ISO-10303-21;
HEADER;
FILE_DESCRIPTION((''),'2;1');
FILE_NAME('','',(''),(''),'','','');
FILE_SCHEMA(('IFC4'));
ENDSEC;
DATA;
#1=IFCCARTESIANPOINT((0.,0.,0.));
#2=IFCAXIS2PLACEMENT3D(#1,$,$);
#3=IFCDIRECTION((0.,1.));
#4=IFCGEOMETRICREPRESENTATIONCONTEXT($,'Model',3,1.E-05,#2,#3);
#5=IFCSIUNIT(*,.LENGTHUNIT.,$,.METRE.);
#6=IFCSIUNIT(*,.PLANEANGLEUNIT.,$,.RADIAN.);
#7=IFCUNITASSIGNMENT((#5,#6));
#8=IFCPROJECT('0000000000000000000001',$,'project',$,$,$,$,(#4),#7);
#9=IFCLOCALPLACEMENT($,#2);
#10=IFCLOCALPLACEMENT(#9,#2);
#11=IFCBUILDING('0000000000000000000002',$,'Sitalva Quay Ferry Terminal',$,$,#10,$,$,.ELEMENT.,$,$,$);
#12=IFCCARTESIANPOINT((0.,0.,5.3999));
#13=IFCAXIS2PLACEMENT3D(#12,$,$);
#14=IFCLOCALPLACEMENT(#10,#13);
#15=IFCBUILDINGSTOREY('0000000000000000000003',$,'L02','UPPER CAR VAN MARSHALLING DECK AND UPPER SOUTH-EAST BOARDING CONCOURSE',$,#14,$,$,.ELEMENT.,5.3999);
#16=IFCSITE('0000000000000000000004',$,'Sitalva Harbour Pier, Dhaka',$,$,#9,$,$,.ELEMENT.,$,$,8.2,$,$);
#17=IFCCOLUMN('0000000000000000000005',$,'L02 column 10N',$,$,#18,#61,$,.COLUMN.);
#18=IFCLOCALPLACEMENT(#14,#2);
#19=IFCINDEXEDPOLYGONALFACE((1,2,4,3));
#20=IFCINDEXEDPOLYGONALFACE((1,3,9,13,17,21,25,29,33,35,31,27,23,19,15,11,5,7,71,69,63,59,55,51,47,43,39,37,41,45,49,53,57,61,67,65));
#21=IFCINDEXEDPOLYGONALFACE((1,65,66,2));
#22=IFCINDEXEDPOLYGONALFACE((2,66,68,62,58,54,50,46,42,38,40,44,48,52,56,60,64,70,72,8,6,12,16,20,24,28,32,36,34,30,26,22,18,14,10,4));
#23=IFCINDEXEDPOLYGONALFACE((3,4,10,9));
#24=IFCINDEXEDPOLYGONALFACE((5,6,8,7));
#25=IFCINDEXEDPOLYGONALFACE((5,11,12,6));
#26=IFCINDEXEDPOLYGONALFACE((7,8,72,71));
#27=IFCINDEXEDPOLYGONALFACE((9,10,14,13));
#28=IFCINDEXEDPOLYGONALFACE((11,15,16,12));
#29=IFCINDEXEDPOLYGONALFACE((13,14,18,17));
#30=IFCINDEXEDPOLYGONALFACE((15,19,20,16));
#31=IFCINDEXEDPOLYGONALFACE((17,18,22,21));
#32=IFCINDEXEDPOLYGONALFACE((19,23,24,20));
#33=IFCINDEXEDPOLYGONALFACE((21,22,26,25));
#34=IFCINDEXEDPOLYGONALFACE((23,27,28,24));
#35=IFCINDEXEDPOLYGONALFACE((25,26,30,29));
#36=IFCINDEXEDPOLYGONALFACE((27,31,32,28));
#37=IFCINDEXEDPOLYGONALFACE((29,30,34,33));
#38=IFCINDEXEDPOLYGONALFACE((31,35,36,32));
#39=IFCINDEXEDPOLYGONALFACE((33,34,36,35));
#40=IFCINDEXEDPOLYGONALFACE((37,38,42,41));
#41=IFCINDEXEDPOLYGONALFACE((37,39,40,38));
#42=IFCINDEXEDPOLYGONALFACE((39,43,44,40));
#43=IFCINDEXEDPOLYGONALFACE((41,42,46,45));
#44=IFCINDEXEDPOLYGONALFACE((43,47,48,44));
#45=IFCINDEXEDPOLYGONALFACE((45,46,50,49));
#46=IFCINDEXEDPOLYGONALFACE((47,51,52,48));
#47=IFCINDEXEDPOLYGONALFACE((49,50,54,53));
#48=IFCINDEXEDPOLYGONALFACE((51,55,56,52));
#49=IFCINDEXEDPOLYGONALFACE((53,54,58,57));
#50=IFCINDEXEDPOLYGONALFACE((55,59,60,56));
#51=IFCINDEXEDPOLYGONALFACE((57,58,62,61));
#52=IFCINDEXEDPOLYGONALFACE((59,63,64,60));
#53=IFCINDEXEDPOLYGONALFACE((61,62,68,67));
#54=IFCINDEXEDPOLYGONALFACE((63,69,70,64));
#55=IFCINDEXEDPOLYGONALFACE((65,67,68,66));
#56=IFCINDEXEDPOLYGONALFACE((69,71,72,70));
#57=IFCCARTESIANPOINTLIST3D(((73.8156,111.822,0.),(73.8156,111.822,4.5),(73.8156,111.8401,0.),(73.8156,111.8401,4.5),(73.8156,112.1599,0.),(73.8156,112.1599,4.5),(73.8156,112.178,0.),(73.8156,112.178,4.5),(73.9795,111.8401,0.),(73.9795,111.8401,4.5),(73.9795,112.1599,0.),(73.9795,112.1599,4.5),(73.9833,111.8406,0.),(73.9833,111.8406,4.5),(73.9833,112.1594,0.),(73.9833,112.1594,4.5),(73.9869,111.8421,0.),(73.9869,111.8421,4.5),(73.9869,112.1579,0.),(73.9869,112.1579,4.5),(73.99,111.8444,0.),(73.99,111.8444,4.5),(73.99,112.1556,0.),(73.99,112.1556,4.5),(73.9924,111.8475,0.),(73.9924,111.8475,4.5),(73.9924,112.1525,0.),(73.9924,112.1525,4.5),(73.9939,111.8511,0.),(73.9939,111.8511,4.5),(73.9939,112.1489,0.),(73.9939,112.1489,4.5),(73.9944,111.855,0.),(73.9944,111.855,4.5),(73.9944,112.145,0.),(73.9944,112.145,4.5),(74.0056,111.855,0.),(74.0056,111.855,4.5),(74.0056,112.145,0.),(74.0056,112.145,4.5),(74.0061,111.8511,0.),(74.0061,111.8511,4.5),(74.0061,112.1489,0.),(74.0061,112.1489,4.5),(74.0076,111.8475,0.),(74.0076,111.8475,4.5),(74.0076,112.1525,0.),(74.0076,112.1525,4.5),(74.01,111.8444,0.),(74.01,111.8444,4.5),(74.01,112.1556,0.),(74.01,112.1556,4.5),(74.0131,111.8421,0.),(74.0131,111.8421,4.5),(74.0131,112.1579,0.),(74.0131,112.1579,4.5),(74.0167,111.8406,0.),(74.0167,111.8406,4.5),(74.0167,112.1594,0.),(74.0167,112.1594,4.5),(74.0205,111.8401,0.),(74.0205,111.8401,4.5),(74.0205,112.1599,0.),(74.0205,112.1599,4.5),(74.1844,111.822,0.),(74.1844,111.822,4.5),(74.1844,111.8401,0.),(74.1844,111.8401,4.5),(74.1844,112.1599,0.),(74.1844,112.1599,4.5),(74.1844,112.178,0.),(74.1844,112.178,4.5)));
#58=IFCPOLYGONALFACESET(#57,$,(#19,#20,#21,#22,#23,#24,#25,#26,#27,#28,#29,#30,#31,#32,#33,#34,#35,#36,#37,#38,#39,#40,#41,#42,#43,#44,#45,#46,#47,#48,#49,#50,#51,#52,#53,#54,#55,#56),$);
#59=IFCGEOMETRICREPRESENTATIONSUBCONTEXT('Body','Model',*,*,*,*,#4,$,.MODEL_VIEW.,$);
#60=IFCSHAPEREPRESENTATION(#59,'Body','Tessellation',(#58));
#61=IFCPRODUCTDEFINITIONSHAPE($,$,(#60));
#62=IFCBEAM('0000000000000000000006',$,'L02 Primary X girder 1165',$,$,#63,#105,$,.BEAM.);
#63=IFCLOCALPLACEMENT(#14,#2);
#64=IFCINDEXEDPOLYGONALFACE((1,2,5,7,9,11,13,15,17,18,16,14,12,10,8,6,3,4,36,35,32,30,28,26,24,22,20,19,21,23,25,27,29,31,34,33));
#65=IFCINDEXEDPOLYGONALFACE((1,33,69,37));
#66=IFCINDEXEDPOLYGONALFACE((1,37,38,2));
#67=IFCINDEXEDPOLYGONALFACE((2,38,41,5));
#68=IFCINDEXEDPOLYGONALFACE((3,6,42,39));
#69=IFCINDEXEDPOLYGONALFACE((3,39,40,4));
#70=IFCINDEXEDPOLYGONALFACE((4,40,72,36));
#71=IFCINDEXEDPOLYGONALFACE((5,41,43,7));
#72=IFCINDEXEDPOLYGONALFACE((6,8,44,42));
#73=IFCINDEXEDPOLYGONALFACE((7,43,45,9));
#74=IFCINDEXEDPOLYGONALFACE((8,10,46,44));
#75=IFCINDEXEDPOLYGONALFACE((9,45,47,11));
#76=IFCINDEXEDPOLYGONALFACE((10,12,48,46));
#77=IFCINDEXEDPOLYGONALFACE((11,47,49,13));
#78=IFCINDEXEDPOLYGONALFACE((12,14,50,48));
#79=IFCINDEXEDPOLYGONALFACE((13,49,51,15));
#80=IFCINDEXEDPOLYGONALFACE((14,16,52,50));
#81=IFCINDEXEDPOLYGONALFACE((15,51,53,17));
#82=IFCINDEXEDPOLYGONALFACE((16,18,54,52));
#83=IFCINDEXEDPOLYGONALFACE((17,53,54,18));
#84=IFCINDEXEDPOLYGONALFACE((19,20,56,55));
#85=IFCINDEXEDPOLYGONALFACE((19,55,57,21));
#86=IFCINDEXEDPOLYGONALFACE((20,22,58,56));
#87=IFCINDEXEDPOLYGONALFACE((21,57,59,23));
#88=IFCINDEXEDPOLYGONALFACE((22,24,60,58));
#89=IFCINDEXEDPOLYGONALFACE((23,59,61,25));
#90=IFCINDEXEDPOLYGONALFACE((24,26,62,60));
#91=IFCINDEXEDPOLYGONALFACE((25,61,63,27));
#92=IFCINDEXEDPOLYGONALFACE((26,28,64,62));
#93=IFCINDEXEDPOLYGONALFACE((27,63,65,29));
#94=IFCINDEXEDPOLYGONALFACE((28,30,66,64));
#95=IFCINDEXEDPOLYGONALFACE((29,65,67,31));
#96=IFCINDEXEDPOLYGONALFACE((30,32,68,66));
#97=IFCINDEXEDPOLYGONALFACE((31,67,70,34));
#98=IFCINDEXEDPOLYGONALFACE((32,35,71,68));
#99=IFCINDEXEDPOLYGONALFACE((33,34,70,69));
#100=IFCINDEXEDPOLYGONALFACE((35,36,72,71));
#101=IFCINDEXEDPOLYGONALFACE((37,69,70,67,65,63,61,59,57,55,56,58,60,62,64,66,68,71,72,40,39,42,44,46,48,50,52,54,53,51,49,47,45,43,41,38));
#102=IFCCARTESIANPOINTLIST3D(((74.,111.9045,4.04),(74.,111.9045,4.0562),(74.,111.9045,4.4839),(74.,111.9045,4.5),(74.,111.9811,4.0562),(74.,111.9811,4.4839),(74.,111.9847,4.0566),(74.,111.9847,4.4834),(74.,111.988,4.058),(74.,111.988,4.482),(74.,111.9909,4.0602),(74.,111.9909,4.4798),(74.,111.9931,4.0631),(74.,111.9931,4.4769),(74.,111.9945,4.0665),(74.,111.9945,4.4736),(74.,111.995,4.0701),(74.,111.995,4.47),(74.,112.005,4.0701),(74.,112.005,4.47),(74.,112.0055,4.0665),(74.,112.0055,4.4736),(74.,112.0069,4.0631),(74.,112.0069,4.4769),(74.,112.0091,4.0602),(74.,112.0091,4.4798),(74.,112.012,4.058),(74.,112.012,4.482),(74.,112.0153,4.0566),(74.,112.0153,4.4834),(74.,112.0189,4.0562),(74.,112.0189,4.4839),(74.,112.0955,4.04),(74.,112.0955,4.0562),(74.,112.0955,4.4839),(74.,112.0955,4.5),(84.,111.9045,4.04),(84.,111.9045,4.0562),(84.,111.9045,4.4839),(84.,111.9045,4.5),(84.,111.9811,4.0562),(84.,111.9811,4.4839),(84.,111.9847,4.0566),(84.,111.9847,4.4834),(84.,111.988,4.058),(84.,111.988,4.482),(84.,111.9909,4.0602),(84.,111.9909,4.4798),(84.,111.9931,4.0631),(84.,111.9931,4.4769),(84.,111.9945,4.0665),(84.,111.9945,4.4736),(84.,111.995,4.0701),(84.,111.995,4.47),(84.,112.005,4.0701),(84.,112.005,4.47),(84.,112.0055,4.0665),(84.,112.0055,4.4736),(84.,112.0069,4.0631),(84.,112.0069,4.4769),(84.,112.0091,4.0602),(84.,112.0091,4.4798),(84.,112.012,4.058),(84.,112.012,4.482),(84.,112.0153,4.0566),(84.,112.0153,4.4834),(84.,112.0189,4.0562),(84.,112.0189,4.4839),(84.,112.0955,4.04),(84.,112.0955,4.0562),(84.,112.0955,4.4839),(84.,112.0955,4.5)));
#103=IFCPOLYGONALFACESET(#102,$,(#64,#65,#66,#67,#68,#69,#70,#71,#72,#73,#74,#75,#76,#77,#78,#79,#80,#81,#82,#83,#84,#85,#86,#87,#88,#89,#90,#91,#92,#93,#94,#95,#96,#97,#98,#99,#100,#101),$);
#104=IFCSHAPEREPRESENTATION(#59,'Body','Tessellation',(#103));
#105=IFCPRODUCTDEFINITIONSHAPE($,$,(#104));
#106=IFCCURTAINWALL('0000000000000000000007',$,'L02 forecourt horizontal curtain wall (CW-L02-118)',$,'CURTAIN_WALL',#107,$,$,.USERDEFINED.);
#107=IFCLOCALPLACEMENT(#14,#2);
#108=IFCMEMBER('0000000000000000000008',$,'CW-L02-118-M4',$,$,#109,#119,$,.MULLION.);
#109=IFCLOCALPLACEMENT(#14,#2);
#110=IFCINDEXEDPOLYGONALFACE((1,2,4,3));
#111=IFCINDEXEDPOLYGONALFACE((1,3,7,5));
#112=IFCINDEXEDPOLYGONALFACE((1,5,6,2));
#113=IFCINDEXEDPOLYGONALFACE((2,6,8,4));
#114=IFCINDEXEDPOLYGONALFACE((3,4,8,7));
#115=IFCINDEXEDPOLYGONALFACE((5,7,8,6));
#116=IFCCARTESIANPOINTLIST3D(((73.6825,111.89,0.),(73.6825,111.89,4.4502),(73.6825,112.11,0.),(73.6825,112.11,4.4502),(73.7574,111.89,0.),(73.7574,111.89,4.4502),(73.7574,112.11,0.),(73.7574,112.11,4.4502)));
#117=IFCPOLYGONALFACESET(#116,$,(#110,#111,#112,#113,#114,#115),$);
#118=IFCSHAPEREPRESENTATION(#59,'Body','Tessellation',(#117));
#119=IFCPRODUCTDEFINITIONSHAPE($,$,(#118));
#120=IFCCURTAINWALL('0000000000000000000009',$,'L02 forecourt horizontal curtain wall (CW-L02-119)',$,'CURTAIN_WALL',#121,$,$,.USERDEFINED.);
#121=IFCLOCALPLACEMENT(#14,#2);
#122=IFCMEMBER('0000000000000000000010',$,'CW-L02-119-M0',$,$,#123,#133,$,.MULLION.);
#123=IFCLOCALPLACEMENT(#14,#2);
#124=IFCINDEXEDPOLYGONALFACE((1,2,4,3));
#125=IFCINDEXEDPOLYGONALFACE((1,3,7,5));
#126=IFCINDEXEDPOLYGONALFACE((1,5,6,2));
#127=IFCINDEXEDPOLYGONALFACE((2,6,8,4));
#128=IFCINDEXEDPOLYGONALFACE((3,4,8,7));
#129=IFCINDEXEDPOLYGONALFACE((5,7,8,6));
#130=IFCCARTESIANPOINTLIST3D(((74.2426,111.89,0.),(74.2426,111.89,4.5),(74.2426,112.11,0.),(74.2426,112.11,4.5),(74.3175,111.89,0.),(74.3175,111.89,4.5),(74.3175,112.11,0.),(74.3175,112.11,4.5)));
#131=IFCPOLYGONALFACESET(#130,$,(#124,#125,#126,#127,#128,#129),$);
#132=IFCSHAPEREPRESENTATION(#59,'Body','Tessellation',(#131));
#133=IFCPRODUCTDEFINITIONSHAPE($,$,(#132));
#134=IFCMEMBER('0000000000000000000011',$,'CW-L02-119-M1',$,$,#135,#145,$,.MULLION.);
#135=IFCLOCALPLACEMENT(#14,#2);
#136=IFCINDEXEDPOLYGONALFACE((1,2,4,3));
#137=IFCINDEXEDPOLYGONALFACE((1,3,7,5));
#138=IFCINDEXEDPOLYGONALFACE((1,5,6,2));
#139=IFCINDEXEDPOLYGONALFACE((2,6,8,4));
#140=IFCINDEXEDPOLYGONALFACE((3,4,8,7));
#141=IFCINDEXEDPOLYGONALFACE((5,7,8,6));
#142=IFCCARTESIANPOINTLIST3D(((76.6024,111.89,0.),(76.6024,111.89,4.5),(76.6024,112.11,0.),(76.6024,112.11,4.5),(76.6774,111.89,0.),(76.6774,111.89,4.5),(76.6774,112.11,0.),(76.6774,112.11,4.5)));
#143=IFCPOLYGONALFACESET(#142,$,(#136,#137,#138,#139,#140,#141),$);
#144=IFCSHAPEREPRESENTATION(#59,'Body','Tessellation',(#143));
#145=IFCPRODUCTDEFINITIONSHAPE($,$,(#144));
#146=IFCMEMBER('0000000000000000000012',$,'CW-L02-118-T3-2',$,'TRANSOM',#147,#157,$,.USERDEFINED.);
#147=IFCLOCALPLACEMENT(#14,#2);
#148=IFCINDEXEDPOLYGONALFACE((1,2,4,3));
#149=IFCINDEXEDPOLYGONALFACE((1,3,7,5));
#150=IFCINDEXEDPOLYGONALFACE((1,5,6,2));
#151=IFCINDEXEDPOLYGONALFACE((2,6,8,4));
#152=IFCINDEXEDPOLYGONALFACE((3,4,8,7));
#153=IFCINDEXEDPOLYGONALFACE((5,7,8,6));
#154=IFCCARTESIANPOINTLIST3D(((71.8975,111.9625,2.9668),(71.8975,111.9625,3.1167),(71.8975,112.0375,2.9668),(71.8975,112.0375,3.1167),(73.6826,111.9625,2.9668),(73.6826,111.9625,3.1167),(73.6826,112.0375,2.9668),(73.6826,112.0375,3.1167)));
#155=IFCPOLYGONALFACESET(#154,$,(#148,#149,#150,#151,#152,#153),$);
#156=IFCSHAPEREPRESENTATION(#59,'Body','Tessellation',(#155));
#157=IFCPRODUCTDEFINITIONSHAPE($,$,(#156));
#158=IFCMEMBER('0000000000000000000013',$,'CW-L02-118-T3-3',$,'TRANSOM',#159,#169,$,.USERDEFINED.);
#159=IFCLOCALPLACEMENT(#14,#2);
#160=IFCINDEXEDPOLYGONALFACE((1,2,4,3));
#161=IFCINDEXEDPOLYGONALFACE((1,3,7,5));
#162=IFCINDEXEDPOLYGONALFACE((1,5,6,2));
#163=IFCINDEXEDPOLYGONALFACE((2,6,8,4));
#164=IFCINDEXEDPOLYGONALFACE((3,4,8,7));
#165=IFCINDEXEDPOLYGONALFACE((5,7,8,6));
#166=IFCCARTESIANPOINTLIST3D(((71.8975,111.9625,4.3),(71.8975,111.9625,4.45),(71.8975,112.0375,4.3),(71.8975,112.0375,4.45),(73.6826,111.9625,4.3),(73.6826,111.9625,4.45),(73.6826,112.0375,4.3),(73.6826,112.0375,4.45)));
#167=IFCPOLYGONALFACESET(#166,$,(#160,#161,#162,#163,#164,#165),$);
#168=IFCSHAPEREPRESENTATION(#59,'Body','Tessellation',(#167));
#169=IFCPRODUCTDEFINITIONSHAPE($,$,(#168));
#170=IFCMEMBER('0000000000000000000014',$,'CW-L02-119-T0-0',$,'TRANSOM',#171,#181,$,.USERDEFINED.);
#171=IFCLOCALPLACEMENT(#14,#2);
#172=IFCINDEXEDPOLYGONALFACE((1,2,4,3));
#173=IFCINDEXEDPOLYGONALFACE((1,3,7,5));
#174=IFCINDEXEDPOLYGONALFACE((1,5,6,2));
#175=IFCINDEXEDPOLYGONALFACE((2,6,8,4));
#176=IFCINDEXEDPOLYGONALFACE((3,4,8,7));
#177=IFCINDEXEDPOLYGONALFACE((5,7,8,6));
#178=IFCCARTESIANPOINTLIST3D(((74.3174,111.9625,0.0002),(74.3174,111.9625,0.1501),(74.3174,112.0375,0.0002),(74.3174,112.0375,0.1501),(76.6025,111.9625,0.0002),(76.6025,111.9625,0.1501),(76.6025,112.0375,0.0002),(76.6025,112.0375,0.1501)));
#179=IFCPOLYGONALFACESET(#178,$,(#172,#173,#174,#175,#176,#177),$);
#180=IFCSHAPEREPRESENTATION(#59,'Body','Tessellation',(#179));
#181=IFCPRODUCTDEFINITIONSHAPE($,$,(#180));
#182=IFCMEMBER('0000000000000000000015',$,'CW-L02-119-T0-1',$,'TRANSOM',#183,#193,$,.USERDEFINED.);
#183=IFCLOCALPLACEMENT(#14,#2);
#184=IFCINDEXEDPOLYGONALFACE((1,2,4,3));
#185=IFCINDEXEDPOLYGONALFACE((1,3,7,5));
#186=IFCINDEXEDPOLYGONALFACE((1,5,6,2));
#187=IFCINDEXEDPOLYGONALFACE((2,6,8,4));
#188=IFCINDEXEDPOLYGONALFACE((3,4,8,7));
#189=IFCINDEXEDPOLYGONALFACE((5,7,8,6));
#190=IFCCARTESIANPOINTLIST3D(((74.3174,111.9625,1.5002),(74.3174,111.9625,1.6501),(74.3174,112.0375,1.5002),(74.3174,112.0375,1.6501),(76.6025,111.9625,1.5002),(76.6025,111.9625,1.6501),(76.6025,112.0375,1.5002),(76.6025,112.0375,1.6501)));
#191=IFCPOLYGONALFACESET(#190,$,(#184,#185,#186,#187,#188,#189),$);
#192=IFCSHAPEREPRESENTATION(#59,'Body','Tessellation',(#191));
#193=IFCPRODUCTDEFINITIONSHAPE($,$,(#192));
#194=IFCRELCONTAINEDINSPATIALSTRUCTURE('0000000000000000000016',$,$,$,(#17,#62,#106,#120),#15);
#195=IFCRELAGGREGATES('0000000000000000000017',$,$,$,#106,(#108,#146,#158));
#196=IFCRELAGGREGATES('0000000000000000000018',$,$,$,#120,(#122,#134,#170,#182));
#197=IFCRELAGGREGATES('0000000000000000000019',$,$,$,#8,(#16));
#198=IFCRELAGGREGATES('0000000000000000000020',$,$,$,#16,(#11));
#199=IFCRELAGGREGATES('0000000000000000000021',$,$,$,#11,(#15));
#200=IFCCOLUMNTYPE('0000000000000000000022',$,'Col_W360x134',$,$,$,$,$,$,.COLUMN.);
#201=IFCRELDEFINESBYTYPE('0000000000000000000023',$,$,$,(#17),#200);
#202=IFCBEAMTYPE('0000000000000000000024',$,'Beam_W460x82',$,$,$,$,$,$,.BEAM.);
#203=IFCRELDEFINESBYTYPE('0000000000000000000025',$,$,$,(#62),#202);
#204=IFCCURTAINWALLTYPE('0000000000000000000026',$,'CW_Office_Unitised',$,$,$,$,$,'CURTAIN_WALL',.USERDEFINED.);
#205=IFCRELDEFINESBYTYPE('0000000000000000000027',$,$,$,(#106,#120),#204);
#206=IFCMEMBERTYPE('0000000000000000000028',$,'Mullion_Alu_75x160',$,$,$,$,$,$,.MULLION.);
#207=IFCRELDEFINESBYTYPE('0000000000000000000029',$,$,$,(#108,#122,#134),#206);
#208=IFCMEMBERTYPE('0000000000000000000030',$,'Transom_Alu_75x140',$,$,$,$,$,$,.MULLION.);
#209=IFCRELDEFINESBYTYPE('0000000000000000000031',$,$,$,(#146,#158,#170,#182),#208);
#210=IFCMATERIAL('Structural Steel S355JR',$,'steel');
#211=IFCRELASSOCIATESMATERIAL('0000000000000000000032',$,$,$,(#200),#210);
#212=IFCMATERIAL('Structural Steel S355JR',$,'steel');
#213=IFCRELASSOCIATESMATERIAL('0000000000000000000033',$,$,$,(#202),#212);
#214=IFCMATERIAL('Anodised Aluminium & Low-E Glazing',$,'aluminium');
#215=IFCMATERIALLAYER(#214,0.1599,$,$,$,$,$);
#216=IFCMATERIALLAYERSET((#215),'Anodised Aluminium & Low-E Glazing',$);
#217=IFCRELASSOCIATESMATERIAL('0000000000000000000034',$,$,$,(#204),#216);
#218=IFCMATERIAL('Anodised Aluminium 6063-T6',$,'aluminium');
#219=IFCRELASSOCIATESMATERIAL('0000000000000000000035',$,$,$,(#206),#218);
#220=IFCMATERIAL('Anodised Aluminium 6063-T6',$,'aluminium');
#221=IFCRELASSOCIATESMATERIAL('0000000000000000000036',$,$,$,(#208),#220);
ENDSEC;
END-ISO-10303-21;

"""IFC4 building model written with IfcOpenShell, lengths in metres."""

from ifc_helpers import new_model, si_unit, direction, frame, origin, origin_2d, place, context, subcontext, project, spatial, rectangle, i_section, extrude, material, layer, layer_set, material_profile, profile_set, type_object, element, aggregate, save


model = new_model("IFC4")

# Units and contexts
model_context = context("Model", 3, precision=1e-05, world=origin(), true_north=direction((0.0, 1.0)))
body_context = subcontext(model_context, "Body", "Model", "MODEL_VIEW")
ifc_project = project(units=[si_unit("LENGTHUNIT", "METRE"), si_unit("PLANEANGLEUNIT", "RADIAN")], contexts=[model_context])

# Site, building, storey
site_placement = place(None, origin())
site = spatial("IfcSite", under=ifc_project, at=site_placement, Name="Sitalva Harbour Pier, Dhaka", CompositionType="ELEMENT", RefElevation=8.2)
building_placement = place(site_placement, origin())
building = spatial("IfcBuilding", under=site, at=building_placement, Name="Sitalva Quay Ferry Terminal", CompositionType="ELEMENT")
storey_placement = place(building_placement, frame((0.0, 0.0, 5.3999)))
storey = spatial("IfcBuildingStorey", under=building, at=storey_placement, Name="L02", Description="UPPER CAR VAN MARSHALLING DECK AND UPPER SOUTH-EAST BOARDING CONCOURSE", CompositionType="ELEMENT", Elevation=5.3999)

# Column
ifc_material_1 = material(Name="Structural Steel S355JR", Category="steel")
ifc_material_profile_1 = material_profile(ifc_material_1, i_section(OverallWidth=0.3689, OverallDepth=0.356, WebThickness=0.0112, FlangeThickness=0.0181, FilletRadius=0.0149, at=origin_2d()), Name="W360x134")
ifc_profile_set_1 = profile_set([ifc_material_profile_1], Name="Structural Steel S355JR")
column_type = type_object("IfcColumnType", Name="Col_W360x134", PredefinedType="COLUMN", material=ifc_profile_set_1)
column_placement = place(storey_placement, frame((74.0, 112.0, 0.0), z_axis=(0.0, 0.0, 1.0), x_axis=(1.0, 0.0, 0.0)))
element("IfcColumn", 1, at=column_placement, inside=storey, type_object=column_type, Name="L02 column 10N", PredefinedType="COLUMN", context=body_context, shape_type="SweptSolid", body=[
    extrude(i_section(OverallWidth=0.3689, OverallDepth=0.356, WebThickness=0.0112, FlangeThickness=0.0181, FilletRadius=0.0149, at=origin_2d()), origin(), (0.0, 0.0, 1.0), 4.5),
])

# Beam
ifc_material_2 = material(Name="Structural Steel S355JR", Category="steel")
ifc_material_profile_2 = material_profile(ifc_material_2, i_section(OverallWidth=0.1909, OverallDepth=0.46, WebThickness=0.01, FlangeThickness=0.0161, FilletRadius=0.0139, at=origin_2d()), Name="W460x82")
ifc_profile_set_2 = profile_set([ifc_material_profile_2], Name="Structural Steel S355JR")
beam_type = type_object("IfcBeamType", Name="Beam_W460x82", PredefinedType="BEAM", material=ifc_profile_set_2)
beam_placement = place(storey_placement, frame((74.0, 112.0, 4.27), z_axis=(1.0, 0.0, 0.0), x_axis=(0.0, 1.0, 0.0)))
element("IfcBeam", 2, at=beam_placement, inside=storey, type_object=beam_type, Name="L02 Primary X girder 1165", PredefinedType="BEAM", context=body_context, shape_type="SweptSolid", body=[
    extrude(i_section(OverallWidth=0.1909, OverallDepth=0.46, WebThickness=0.01, FlangeThickness=0.0161, FilletRadius=0.0139, at=origin_2d()), origin(), (0.0, 0.0, 1.0), 10.0),
])

# Curtain wall, member
ifc_material_3 = material(Name="Anodised Aluminium & Low-E Glazing", Category="aluminium")
ifc_layer_1 = layer(ifc_material_3, 0.1599)
ifc_layer_set_1 = layer_set([ifc_layer_1], Name="Anodised Aluminium & Low-E Glazing")
curtain_wall_type = type_object("IfcCurtainWallType", Name="CW_Office_Unitised", ElementType="CURTAIN_WALL", PredefinedType="USERDEFINED", material=ifc_layer_set_1)
curtain_wall_1_placement = place(storey_placement, origin())
curtain_wall_1 = element("IfcCurtainWall", 3, at=curtain_wall_1_placement, inside=storey, type_object=curtain_wall_type, Name="L02 forecourt horizontal curtain wall (CW-L02-118)", ObjectType="CURTAIN_WALL", PredefinedType="USERDEFINED")
ifc_material_4 = material(Name="Anodised Aluminium 6063-T6", Category="aluminium")
ifc_material_profile_3 = material_profile(ifc_material_4, rectangle(XDim=0.075, YDim=0.22, at=origin_2d()), Name="ALU75x220")
ifc_profile_set_3 = profile_set([ifc_material_profile_3], Name="Anodised Aluminium 6063-T6")
member_type_1 = type_object("IfcMemberType", Name="Mullion_Alu_75x160", PredefinedType="MULLION", material=ifc_profile_set_3)
member_1_placement = place(storey_placement, frame((73.72, 112.0, 0.0), z_axis=(0.0, 0.0, 1.0), x_axis=(1.0, 0.0, 0.0)))
member_1 = element("IfcMember", 4, at=member_1_placement, type_object=member_type_1, Name="CW-L02-118-M4", PredefinedType="MULLION", context=body_context, shape_type="SweptSolid", body=[
    extrude(rectangle(XDim=0.075, YDim=0.22, at=origin_2d()), origin(), (0.0, 0.0, 1.0), 4.4502),
])

# Curtain wall, members
curtain_wall_2_placement = place(storey_placement, origin())
curtain_wall_2 = element("IfcCurtainWall", 5, at=curtain_wall_2_placement, inside=storey, type_object=curtain_wall_type, Name="L02 forecourt horizontal curtain wall (CW-L02-119)", ObjectType="CURTAIN_WALL", PredefinedType="USERDEFINED")
member_2_placement = place(storey_placement, frame((74.28, 112.0, 0.0), z_axis=(0.0, 0.0, 1.0), x_axis=(1.0, 0.0, 0.0)))
member_2 = element("IfcMember", 6, at=member_2_placement, type_object=member_type_1, Name="CW-L02-119-M0", PredefinedType="MULLION", context=body_context, shape_type="SweptSolid", body=[
    extrude(rectangle(XDim=0.075, YDim=0.22, at=origin_2d()), origin(), (0.0, 0.0, 1.0), 4.5),
])
member_3_placement = place(storey_placement, frame((76.6399, 112.0, 0.0), z_axis=(0.0, 0.0, 1.0), x_axis=(1.0, 0.0, 0.0)))
member_3 = element("IfcMember", 7, at=member_3_placement, type_object=member_type_1, Name="CW-L02-119-M1", PredefinedType="MULLION", context=body_context, shape_type="SweptSolid", body=[
    extrude(rectangle(XDim=0.075, YDim=0.22, at=origin_2d()), origin(), (0.0, 0.0, 1.0), 4.5),
])

# Members
ifc_material_5 = material(Name="Anodised Aluminium 6063-T6", Category="aluminium")
ifc_material_profile_4 = material_profile(ifc_material_5, rectangle(XDim=0.075, YDim=0.1499, at=origin_2d()), Name="ALU75x150")
ifc_profile_set_4 = profile_set([ifc_material_profile_4], Name="Anodised Aluminium 6063-T6")
member_type_2 = type_object("IfcMemberType", Name="Transom_Alu_75x140", PredefinedType="MULLION", material=ifc_profile_set_4)
member_4_placement = place(storey_placement, frame((71.8975, 112.0, 3.0417), z_axis=(1.0, 0.0, 0.0), x_axis=(0.0, 1.0, 0.0)))
member_4 = element("IfcMember", 8, at=member_4_placement, type_object=member_type_2, Name="CW-L02-118-T3-2", ObjectType="TRANSOM", PredefinedType="USERDEFINED", context=body_context, shape_type="SweptSolid", body=[
    extrude(rectangle(XDim=0.075, YDim=0.1499, at=origin_2d()), origin(), (0.0, 0.0, 1.0), 1.7852),
])
member_5_placement = place(storey_placement, frame((71.8975, 112.0, 4.375), z_axis=(1.0, 0.0, 0.0), x_axis=(0.0, 1.0, 0.0)))
member_5 = element("IfcMember", 9, at=member_5_placement, type_object=member_type_2, Name="CW-L02-118-T3-3", ObjectType="TRANSOM", PredefinedType="USERDEFINED", context=body_context, shape_type="SweptSolid", body=[
    extrude(rectangle(XDim=0.075, YDim=0.1499, at=origin_2d()), origin(), (0.0, 0.0, 1.0), 1.7852),
])
member_6_placement = place(storey_placement, frame((74.3174, 112.0, 0.0752), z_axis=(1.0, 0.0, 0.0), x_axis=(0.0, 1.0, 0.0)))
member_6 = element("IfcMember", 10, at=member_6_placement, type_object=member_type_2, Name="CW-L02-119-T0-0", ObjectType="TRANSOM", PredefinedType="USERDEFINED", context=body_context, shape_type="SweptSolid", body=[
    extrude(rectangle(XDim=0.075, YDim=0.1499, at=origin_2d()), origin(), (0.0, 0.0, 1.0), 2.2852),
])
member_7_placement = place(storey_placement, frame((74.3174, 112.0, 1.5752), z_axis=(1.0, 0.0, 0.0), x_axis=(0.0, 1.0, 0.0)))
member_7 = element("IfcMember", 11, at=member_7_placement, type_object=member_type_2, Name="CW-L02-119-T0-1", ObjectType="TRANSOM", PredefinedType="USERDEFINED", context=body_context, shape_type="SweptSolid", body=[
    extrude(rectangle(XDim=0.075, YDim=0.1499, at=origin_2d()), origin(), (0.0, 0.0, 1.0), 2.2852),
])

aggregate(curtain_wall_1, [member_1, member_4, member_5])
aggregate(curtain_wall_2, [member_2, member_3, member_6, member_7])

save(model, "model.ifc")
